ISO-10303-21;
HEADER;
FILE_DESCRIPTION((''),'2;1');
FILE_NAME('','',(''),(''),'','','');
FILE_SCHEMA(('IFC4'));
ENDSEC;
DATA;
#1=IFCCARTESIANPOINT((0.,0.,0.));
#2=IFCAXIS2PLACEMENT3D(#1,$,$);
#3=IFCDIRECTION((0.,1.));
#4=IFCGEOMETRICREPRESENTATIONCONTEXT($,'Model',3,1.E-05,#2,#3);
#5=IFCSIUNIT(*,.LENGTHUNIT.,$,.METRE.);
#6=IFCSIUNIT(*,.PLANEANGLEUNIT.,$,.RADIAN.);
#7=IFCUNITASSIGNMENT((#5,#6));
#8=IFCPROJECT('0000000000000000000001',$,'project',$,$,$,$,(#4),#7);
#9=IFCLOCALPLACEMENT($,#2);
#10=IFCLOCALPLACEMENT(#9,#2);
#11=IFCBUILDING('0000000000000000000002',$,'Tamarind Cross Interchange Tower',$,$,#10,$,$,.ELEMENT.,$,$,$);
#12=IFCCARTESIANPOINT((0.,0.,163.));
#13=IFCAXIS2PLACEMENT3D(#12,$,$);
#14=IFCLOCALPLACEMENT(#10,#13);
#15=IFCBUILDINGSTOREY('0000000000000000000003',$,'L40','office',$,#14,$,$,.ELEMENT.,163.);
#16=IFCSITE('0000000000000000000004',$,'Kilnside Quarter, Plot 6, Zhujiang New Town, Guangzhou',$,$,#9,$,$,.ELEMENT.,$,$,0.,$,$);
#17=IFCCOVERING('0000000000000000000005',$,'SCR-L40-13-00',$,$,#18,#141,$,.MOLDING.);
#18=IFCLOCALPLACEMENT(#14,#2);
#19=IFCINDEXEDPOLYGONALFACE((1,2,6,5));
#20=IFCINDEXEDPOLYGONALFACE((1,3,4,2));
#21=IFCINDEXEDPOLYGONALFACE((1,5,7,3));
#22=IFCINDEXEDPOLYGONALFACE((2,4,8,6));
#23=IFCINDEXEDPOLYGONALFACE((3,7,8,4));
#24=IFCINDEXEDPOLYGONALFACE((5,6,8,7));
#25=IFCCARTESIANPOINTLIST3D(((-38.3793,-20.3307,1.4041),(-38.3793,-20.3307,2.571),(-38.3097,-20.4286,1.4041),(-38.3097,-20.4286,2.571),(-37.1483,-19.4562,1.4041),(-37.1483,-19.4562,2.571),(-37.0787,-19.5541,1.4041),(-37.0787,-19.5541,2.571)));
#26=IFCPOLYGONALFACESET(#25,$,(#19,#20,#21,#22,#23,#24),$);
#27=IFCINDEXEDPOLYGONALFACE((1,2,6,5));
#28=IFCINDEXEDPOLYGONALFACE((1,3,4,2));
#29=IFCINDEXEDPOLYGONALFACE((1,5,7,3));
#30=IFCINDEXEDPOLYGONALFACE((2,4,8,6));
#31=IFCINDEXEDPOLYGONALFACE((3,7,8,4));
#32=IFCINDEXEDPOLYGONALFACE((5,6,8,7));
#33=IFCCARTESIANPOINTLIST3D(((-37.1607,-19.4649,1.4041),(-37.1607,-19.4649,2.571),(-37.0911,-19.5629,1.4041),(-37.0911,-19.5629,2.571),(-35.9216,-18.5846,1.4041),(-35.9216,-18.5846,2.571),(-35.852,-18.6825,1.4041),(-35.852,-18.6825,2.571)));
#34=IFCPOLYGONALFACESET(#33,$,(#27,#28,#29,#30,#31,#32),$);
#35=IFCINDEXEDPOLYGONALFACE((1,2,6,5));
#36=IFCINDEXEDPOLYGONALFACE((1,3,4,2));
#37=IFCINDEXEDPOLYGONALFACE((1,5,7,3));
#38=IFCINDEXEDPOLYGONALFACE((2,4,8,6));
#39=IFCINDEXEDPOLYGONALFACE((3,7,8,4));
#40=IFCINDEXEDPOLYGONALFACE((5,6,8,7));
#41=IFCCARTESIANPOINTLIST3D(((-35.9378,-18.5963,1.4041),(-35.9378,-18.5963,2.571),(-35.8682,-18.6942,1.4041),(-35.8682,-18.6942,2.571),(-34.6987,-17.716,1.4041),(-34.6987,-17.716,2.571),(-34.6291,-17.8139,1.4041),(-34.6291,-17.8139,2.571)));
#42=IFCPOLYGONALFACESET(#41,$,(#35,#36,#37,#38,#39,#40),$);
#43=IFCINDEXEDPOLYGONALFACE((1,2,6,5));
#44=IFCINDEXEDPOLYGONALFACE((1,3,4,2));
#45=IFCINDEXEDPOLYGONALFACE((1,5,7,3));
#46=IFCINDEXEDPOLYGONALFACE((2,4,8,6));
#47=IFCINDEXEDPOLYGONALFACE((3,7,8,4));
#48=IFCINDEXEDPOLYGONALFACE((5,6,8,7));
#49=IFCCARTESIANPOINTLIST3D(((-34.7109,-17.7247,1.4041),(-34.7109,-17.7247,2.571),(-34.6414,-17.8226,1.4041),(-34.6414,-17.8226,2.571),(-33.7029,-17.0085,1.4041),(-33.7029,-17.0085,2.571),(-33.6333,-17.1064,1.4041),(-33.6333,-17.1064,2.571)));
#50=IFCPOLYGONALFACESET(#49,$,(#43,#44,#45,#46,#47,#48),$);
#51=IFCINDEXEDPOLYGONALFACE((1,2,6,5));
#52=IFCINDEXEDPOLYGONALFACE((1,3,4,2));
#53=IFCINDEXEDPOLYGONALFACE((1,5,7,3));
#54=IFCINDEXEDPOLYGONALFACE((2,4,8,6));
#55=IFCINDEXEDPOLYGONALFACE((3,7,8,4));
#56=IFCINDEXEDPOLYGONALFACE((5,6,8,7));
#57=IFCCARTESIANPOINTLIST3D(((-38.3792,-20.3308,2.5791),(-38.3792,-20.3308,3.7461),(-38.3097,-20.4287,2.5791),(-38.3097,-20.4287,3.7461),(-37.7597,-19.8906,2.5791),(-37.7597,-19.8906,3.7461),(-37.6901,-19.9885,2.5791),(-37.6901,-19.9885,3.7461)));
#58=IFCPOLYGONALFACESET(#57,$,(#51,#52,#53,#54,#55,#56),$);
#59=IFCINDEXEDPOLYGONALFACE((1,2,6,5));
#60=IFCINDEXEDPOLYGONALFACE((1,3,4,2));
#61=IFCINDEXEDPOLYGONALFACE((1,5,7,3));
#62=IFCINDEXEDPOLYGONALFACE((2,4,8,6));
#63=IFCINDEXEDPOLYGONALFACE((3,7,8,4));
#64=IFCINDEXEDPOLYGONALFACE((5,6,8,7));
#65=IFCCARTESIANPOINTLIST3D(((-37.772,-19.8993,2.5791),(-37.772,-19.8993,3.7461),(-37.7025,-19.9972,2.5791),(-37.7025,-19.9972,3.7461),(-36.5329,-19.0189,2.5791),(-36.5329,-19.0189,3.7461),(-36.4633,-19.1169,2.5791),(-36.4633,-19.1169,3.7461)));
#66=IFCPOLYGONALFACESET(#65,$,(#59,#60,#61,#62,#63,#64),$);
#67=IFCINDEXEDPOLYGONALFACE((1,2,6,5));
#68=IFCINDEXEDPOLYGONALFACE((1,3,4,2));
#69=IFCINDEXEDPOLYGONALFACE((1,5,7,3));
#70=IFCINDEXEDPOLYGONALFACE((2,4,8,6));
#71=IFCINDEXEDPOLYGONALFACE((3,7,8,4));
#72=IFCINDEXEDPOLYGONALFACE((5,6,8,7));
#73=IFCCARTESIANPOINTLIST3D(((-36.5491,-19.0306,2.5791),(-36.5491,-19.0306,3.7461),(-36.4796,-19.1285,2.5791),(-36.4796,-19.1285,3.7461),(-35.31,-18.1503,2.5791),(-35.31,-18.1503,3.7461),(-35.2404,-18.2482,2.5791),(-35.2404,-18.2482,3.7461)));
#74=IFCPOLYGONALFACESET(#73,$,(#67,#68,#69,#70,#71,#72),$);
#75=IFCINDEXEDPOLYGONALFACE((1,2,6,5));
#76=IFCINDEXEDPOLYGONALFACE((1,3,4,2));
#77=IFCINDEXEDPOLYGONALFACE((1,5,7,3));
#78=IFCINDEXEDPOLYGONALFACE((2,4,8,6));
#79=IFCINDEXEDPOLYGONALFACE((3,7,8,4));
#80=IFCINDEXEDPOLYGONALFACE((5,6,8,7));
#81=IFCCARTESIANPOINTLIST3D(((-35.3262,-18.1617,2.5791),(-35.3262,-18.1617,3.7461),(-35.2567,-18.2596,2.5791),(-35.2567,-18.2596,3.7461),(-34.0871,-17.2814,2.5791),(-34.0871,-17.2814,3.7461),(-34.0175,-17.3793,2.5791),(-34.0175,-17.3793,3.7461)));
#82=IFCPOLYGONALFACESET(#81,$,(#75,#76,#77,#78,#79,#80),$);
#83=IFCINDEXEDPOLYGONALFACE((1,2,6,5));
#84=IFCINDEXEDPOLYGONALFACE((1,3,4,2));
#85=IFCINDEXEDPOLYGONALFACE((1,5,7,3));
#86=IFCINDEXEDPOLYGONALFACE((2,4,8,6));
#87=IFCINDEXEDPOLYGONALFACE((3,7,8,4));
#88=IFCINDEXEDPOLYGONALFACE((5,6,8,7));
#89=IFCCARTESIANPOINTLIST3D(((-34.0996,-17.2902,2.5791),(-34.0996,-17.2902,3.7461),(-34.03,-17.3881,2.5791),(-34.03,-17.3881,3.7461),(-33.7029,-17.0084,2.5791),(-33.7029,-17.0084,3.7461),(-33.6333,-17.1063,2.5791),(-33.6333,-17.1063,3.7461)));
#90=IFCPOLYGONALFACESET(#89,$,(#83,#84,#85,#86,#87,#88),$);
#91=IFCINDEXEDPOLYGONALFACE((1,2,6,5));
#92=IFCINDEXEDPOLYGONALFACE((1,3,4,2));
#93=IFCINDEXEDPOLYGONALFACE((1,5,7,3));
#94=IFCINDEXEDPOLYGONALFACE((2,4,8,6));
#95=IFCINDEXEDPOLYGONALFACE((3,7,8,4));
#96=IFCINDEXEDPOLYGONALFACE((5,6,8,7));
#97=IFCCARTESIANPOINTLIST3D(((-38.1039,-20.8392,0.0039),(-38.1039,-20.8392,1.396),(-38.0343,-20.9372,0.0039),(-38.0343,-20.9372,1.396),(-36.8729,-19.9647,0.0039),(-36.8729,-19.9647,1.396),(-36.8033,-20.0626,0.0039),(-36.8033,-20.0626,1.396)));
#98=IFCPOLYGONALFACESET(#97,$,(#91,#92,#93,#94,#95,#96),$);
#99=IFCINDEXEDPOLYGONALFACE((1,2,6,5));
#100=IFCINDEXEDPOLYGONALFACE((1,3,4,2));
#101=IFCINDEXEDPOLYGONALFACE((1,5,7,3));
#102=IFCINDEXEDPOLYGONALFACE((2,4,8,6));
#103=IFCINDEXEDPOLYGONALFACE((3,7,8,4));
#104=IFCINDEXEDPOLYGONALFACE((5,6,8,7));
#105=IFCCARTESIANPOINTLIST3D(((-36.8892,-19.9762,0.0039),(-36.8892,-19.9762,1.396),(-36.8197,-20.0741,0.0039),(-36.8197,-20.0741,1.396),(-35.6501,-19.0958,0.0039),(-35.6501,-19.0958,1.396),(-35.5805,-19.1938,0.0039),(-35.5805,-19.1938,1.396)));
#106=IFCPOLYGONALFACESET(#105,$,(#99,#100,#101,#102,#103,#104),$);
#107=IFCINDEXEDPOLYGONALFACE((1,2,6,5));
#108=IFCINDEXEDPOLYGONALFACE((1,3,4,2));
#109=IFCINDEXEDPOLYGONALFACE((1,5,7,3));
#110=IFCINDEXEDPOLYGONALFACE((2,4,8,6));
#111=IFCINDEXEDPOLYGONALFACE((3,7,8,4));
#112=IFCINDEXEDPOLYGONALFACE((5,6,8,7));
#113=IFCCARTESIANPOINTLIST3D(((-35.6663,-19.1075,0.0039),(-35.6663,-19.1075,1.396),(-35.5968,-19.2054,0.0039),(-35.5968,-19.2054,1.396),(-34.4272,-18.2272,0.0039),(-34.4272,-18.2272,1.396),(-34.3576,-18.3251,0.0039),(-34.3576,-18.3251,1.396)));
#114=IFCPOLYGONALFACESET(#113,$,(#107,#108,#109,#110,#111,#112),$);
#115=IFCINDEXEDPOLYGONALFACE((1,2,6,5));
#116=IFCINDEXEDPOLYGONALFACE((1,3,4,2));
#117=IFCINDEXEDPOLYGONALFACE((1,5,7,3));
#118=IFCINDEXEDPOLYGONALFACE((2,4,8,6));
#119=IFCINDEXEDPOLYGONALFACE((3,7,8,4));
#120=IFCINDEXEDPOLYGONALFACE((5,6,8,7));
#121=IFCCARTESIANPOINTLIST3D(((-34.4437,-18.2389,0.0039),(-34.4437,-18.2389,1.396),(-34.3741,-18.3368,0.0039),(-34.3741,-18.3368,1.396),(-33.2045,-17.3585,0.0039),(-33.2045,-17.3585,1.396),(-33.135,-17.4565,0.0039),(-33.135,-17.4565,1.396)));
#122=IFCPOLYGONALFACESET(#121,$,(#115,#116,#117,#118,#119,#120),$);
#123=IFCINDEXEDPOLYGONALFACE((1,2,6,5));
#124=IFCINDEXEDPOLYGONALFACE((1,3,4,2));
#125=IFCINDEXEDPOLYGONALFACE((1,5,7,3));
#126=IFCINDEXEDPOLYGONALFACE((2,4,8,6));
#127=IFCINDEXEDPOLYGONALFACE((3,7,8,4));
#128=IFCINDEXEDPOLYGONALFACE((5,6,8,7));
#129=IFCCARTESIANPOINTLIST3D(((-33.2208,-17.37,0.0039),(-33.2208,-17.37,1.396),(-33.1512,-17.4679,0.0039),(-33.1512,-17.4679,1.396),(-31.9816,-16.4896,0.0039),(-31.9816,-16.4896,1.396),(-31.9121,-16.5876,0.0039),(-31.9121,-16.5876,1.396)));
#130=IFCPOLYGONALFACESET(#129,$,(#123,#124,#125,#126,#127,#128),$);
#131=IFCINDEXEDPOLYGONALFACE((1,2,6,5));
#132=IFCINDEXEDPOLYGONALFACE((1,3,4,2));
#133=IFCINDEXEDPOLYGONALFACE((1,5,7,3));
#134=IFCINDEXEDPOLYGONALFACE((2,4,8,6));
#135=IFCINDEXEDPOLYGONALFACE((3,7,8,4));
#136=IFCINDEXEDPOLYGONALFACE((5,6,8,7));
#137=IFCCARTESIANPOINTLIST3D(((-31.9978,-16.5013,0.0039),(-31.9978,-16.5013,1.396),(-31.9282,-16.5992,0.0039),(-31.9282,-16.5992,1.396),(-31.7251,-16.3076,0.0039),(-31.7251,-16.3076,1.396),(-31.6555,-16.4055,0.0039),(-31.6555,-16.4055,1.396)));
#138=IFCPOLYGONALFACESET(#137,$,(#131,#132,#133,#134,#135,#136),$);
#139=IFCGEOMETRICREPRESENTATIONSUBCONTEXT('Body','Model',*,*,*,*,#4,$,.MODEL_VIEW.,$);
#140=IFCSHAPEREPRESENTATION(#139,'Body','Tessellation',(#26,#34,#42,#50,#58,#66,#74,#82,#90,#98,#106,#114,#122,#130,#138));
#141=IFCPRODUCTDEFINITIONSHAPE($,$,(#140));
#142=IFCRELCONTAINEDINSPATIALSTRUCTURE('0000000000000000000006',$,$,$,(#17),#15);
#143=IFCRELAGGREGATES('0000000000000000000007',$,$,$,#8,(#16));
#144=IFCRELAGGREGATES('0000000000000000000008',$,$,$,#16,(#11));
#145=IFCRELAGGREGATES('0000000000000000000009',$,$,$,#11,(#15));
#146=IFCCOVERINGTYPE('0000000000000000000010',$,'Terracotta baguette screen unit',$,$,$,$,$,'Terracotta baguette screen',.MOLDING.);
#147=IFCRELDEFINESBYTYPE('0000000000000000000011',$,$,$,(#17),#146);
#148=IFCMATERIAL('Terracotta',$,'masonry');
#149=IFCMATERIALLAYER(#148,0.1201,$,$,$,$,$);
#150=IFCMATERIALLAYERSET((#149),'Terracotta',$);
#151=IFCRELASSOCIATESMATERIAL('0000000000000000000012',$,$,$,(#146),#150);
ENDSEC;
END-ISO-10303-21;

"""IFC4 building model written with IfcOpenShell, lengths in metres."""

from ifc_helpers import new_model, si_unit, direction, frame, origin, origin_2d, place, context, subcontext, project, spatial, rectangle, extrude, material, layer, layer_set, type_object, element, save


model = new_model("IFC4")

# Units and contexts
model_context = context("Model", 3, precision=1e-05, world=origin(), true_north=direction((0.0, 1.0)))
body_context = subcontext(model_context, "Body", "Model", "MODEL_VIEW")
ifc_project = project(units=[si_unit("LENGTHUNIT", "METRE"), si_unit("PLANEANGLEUNIT", "RADIAN")], contexts=[model_context])

# Site, building, storey
site_placement = place(None, origin())
site = spatial("IfcSite", under=ifc_project, at=site_placement, Name="Kilnside Quarter, Plot 6, Zhujiang New Town, Guangzhou", CompositionType="ELEMENT", RefElevation=0.0)
building_placement = place(site_placement, origin())
building = spatial("IfcBuilding", under=site, at=building_placement, Name="Tamarind Cross Interchange Tower", CompositionType="ELEMENT")
storey_placement = place(building_placement, frame((0.0, 0.0, 163.0)))
storey = spatial("IfcBuildingStorey", under=building, at=storey_placement, Name="L40", Description="office", CompositionType="ELEMENT", Elevation=163.0)

# Covering
ifc_material_1 = material(Name="Terracotta", Category="masonry")
ifc_layer_1 = layer(ifc_material_1, 0.1201)
ifc_layer_set_1 = layer_set([ifc_layer_1], Name="Terracotta")
covering_type = type_object("IfcCoveringType", Name="Terracotta baguette screen unit", ElementType="Terracotta baguette screen", PredefinedType="MOLDING", material=ifc_layer_set_1)
covering_1_placement = place(storey_placement, origin())
element("IfcCovering", 1, at=covering_1_placement, inside=storey, type_object=covering_type, Name="SCR-L40-13-00", PredefinedType="MOLDING", context=body_context, shape_type="SweptSolid", body=[
    extrude(rectangle(XDim=1.51, YDim=0.1201, at=origin_2d()), frame((-37.729, -19.9424, 1.4041), z_axis=(0.0, 0.0, 1.0), x_axis=(0.815215, 0.579159, 0.0)), (0.0, 0.0, 1.0), 1.167),
    extrude(rectangle(XDim=1.52, YDim=0.1201, at=origin_2d()), frame((-36.5063, -19.0737, 1.4041), z_axis=(0.0, 0.0, 1.0), x_axis=(0.815215, 0.579159, 0.0)), (0.0, 0.0, 1.0), 1.167),
    extrude(rectangle(XDim=1.52, YDim=0.1201, at=origin_2d()), frame((-35.2834, -18.2051, 1.4041), z_axis=(0.0, 0.0, 1.0), x_axis=(0.815215, 0.579159, 0.0)), (0.0, 0.0, 1.0), 1.167),
    extrude(rectangle(XDim=1.2366, YDim=0.1201, at=origin_2d()), frame((-34.1721, -17.4155, 1.4041), z_axis=(0.0, 0.0, 1.0), x_axis=(0.815215, 0.579159, 0.0)), (0.0, 0.0, 1.0), 1.167),
    extrude(rectangle(XDim=0.76, YDim=0.1201, at=origin_2d()), frame((-38.0347, -20.1597, 2.5791), z_axis=(0.0, 0.0, 1.0), x_axis=(0.815215, 0.579159, 0.0)), (0.0, 0.0, 1.0), 1.167),
    extrude(rectangle(XDim=1.52, YDim=0.1201, at=origin_2d()), frame((-37.1177, -19.5081, 2.5791), z_axis=(0.0, 0.0, 1.0), x_axis=(0.815215, 0.579159, 0.0)), (0.0, 0.0, 1.0), 1.167),
    extrude(rectangle(XDim=1.52, YDim=0.1201, at=origin_2d()), frame((-35.8948, -18.6394, 2.5791), z_axis=(0.0, 0.0, 1.0), x_axis=(0.815215, 0.579159, 0.0)), (0.0, 0.0, 1.0), 1.167),
    extrude(rectangle(XDim=1.52, YDim=0.1201, at=origin_2d()), frame((-34.6719, -17.7705, 2.5791), z_axis=(0.0, 0.0, 1.0), x_axis=(0.815215, 0.579159, 0.0)), (0.0, 0.0, 1.0), 1.167),
    extrude(rectangle(XDim=0.4866, YDim=0.1201, at=origin_2d()), frame((-33.8665, -17.1982, 2.5791), z_axis=(0.0, 0.0, 1.0), x_axis=(0.815215, 0.579159, 0.0)), (0.0, 0.0, 1.0), 1.167),
    extrude(rectangle(XDim=1.51, YDim=0.1201, at=origin_2d()), frame((-37.4536, -20.4509, 0.0039), z_axis=(0.0, 0.0, 1.0), x_axis=(0.815215, 0.579159, 0.0)), (0.0, 0.0, 1.0), 1.3921),
    extrude(rectangle(XDim=1.52, YDim=0.1201, at=origin_2d()), frame((-36.2349, -19.585, 0.0039), z_axis=(0.0, 0.0, 1.0), x_axis=(0.815215, 0.579159, 0.0)), (0.0, 0.0, 1.0), 1.3921),
    extrude(rectangle(XDim=1.52, YDim=0.1201, at=origin_2d()), frame((-35.012, -18.7163, 0.0039), z_axis=(0.0, 0.0, 1.0), x_axis=(0.815215, 0.579159, 0.0)), (0.0, 0.0, 1.0), 1.3921),
    extrude(rectangle(XDim=1.52, YDim=0.1201, at=origin_2d()), frame((-33.7893, -17.8477, 0.0039), z_axis=(0.0, 0.0, 1.0), x_axis=(0.815215, 0.579159, 0.0)), (0.0, 0.0, 1.0), 1.3921),
    extrude(rectangle(XDim=1.52, YDim=0.1201, at=origin_2d()), frame((-32.5664, -16.9788, 0.0039), z_axis=(0.0, 0.0, 1.0), x_axis=(0.815215, 0.579159, 0.0)), (0.0, 0.0, 1.0), 1.3921),
    extrude(rectangle(XDim=0.3345, YDim=0.1201, at=origin_2d()), frame((-31.8267, -16.4534, 0.0039), z_axis=(0.0, 0.0, 1.0), x_axis=(0.815215, 0.579159, 0.0)), (0.0, 0.0, 1.0), 1.3921),
])

save(model, "model.ifc")
